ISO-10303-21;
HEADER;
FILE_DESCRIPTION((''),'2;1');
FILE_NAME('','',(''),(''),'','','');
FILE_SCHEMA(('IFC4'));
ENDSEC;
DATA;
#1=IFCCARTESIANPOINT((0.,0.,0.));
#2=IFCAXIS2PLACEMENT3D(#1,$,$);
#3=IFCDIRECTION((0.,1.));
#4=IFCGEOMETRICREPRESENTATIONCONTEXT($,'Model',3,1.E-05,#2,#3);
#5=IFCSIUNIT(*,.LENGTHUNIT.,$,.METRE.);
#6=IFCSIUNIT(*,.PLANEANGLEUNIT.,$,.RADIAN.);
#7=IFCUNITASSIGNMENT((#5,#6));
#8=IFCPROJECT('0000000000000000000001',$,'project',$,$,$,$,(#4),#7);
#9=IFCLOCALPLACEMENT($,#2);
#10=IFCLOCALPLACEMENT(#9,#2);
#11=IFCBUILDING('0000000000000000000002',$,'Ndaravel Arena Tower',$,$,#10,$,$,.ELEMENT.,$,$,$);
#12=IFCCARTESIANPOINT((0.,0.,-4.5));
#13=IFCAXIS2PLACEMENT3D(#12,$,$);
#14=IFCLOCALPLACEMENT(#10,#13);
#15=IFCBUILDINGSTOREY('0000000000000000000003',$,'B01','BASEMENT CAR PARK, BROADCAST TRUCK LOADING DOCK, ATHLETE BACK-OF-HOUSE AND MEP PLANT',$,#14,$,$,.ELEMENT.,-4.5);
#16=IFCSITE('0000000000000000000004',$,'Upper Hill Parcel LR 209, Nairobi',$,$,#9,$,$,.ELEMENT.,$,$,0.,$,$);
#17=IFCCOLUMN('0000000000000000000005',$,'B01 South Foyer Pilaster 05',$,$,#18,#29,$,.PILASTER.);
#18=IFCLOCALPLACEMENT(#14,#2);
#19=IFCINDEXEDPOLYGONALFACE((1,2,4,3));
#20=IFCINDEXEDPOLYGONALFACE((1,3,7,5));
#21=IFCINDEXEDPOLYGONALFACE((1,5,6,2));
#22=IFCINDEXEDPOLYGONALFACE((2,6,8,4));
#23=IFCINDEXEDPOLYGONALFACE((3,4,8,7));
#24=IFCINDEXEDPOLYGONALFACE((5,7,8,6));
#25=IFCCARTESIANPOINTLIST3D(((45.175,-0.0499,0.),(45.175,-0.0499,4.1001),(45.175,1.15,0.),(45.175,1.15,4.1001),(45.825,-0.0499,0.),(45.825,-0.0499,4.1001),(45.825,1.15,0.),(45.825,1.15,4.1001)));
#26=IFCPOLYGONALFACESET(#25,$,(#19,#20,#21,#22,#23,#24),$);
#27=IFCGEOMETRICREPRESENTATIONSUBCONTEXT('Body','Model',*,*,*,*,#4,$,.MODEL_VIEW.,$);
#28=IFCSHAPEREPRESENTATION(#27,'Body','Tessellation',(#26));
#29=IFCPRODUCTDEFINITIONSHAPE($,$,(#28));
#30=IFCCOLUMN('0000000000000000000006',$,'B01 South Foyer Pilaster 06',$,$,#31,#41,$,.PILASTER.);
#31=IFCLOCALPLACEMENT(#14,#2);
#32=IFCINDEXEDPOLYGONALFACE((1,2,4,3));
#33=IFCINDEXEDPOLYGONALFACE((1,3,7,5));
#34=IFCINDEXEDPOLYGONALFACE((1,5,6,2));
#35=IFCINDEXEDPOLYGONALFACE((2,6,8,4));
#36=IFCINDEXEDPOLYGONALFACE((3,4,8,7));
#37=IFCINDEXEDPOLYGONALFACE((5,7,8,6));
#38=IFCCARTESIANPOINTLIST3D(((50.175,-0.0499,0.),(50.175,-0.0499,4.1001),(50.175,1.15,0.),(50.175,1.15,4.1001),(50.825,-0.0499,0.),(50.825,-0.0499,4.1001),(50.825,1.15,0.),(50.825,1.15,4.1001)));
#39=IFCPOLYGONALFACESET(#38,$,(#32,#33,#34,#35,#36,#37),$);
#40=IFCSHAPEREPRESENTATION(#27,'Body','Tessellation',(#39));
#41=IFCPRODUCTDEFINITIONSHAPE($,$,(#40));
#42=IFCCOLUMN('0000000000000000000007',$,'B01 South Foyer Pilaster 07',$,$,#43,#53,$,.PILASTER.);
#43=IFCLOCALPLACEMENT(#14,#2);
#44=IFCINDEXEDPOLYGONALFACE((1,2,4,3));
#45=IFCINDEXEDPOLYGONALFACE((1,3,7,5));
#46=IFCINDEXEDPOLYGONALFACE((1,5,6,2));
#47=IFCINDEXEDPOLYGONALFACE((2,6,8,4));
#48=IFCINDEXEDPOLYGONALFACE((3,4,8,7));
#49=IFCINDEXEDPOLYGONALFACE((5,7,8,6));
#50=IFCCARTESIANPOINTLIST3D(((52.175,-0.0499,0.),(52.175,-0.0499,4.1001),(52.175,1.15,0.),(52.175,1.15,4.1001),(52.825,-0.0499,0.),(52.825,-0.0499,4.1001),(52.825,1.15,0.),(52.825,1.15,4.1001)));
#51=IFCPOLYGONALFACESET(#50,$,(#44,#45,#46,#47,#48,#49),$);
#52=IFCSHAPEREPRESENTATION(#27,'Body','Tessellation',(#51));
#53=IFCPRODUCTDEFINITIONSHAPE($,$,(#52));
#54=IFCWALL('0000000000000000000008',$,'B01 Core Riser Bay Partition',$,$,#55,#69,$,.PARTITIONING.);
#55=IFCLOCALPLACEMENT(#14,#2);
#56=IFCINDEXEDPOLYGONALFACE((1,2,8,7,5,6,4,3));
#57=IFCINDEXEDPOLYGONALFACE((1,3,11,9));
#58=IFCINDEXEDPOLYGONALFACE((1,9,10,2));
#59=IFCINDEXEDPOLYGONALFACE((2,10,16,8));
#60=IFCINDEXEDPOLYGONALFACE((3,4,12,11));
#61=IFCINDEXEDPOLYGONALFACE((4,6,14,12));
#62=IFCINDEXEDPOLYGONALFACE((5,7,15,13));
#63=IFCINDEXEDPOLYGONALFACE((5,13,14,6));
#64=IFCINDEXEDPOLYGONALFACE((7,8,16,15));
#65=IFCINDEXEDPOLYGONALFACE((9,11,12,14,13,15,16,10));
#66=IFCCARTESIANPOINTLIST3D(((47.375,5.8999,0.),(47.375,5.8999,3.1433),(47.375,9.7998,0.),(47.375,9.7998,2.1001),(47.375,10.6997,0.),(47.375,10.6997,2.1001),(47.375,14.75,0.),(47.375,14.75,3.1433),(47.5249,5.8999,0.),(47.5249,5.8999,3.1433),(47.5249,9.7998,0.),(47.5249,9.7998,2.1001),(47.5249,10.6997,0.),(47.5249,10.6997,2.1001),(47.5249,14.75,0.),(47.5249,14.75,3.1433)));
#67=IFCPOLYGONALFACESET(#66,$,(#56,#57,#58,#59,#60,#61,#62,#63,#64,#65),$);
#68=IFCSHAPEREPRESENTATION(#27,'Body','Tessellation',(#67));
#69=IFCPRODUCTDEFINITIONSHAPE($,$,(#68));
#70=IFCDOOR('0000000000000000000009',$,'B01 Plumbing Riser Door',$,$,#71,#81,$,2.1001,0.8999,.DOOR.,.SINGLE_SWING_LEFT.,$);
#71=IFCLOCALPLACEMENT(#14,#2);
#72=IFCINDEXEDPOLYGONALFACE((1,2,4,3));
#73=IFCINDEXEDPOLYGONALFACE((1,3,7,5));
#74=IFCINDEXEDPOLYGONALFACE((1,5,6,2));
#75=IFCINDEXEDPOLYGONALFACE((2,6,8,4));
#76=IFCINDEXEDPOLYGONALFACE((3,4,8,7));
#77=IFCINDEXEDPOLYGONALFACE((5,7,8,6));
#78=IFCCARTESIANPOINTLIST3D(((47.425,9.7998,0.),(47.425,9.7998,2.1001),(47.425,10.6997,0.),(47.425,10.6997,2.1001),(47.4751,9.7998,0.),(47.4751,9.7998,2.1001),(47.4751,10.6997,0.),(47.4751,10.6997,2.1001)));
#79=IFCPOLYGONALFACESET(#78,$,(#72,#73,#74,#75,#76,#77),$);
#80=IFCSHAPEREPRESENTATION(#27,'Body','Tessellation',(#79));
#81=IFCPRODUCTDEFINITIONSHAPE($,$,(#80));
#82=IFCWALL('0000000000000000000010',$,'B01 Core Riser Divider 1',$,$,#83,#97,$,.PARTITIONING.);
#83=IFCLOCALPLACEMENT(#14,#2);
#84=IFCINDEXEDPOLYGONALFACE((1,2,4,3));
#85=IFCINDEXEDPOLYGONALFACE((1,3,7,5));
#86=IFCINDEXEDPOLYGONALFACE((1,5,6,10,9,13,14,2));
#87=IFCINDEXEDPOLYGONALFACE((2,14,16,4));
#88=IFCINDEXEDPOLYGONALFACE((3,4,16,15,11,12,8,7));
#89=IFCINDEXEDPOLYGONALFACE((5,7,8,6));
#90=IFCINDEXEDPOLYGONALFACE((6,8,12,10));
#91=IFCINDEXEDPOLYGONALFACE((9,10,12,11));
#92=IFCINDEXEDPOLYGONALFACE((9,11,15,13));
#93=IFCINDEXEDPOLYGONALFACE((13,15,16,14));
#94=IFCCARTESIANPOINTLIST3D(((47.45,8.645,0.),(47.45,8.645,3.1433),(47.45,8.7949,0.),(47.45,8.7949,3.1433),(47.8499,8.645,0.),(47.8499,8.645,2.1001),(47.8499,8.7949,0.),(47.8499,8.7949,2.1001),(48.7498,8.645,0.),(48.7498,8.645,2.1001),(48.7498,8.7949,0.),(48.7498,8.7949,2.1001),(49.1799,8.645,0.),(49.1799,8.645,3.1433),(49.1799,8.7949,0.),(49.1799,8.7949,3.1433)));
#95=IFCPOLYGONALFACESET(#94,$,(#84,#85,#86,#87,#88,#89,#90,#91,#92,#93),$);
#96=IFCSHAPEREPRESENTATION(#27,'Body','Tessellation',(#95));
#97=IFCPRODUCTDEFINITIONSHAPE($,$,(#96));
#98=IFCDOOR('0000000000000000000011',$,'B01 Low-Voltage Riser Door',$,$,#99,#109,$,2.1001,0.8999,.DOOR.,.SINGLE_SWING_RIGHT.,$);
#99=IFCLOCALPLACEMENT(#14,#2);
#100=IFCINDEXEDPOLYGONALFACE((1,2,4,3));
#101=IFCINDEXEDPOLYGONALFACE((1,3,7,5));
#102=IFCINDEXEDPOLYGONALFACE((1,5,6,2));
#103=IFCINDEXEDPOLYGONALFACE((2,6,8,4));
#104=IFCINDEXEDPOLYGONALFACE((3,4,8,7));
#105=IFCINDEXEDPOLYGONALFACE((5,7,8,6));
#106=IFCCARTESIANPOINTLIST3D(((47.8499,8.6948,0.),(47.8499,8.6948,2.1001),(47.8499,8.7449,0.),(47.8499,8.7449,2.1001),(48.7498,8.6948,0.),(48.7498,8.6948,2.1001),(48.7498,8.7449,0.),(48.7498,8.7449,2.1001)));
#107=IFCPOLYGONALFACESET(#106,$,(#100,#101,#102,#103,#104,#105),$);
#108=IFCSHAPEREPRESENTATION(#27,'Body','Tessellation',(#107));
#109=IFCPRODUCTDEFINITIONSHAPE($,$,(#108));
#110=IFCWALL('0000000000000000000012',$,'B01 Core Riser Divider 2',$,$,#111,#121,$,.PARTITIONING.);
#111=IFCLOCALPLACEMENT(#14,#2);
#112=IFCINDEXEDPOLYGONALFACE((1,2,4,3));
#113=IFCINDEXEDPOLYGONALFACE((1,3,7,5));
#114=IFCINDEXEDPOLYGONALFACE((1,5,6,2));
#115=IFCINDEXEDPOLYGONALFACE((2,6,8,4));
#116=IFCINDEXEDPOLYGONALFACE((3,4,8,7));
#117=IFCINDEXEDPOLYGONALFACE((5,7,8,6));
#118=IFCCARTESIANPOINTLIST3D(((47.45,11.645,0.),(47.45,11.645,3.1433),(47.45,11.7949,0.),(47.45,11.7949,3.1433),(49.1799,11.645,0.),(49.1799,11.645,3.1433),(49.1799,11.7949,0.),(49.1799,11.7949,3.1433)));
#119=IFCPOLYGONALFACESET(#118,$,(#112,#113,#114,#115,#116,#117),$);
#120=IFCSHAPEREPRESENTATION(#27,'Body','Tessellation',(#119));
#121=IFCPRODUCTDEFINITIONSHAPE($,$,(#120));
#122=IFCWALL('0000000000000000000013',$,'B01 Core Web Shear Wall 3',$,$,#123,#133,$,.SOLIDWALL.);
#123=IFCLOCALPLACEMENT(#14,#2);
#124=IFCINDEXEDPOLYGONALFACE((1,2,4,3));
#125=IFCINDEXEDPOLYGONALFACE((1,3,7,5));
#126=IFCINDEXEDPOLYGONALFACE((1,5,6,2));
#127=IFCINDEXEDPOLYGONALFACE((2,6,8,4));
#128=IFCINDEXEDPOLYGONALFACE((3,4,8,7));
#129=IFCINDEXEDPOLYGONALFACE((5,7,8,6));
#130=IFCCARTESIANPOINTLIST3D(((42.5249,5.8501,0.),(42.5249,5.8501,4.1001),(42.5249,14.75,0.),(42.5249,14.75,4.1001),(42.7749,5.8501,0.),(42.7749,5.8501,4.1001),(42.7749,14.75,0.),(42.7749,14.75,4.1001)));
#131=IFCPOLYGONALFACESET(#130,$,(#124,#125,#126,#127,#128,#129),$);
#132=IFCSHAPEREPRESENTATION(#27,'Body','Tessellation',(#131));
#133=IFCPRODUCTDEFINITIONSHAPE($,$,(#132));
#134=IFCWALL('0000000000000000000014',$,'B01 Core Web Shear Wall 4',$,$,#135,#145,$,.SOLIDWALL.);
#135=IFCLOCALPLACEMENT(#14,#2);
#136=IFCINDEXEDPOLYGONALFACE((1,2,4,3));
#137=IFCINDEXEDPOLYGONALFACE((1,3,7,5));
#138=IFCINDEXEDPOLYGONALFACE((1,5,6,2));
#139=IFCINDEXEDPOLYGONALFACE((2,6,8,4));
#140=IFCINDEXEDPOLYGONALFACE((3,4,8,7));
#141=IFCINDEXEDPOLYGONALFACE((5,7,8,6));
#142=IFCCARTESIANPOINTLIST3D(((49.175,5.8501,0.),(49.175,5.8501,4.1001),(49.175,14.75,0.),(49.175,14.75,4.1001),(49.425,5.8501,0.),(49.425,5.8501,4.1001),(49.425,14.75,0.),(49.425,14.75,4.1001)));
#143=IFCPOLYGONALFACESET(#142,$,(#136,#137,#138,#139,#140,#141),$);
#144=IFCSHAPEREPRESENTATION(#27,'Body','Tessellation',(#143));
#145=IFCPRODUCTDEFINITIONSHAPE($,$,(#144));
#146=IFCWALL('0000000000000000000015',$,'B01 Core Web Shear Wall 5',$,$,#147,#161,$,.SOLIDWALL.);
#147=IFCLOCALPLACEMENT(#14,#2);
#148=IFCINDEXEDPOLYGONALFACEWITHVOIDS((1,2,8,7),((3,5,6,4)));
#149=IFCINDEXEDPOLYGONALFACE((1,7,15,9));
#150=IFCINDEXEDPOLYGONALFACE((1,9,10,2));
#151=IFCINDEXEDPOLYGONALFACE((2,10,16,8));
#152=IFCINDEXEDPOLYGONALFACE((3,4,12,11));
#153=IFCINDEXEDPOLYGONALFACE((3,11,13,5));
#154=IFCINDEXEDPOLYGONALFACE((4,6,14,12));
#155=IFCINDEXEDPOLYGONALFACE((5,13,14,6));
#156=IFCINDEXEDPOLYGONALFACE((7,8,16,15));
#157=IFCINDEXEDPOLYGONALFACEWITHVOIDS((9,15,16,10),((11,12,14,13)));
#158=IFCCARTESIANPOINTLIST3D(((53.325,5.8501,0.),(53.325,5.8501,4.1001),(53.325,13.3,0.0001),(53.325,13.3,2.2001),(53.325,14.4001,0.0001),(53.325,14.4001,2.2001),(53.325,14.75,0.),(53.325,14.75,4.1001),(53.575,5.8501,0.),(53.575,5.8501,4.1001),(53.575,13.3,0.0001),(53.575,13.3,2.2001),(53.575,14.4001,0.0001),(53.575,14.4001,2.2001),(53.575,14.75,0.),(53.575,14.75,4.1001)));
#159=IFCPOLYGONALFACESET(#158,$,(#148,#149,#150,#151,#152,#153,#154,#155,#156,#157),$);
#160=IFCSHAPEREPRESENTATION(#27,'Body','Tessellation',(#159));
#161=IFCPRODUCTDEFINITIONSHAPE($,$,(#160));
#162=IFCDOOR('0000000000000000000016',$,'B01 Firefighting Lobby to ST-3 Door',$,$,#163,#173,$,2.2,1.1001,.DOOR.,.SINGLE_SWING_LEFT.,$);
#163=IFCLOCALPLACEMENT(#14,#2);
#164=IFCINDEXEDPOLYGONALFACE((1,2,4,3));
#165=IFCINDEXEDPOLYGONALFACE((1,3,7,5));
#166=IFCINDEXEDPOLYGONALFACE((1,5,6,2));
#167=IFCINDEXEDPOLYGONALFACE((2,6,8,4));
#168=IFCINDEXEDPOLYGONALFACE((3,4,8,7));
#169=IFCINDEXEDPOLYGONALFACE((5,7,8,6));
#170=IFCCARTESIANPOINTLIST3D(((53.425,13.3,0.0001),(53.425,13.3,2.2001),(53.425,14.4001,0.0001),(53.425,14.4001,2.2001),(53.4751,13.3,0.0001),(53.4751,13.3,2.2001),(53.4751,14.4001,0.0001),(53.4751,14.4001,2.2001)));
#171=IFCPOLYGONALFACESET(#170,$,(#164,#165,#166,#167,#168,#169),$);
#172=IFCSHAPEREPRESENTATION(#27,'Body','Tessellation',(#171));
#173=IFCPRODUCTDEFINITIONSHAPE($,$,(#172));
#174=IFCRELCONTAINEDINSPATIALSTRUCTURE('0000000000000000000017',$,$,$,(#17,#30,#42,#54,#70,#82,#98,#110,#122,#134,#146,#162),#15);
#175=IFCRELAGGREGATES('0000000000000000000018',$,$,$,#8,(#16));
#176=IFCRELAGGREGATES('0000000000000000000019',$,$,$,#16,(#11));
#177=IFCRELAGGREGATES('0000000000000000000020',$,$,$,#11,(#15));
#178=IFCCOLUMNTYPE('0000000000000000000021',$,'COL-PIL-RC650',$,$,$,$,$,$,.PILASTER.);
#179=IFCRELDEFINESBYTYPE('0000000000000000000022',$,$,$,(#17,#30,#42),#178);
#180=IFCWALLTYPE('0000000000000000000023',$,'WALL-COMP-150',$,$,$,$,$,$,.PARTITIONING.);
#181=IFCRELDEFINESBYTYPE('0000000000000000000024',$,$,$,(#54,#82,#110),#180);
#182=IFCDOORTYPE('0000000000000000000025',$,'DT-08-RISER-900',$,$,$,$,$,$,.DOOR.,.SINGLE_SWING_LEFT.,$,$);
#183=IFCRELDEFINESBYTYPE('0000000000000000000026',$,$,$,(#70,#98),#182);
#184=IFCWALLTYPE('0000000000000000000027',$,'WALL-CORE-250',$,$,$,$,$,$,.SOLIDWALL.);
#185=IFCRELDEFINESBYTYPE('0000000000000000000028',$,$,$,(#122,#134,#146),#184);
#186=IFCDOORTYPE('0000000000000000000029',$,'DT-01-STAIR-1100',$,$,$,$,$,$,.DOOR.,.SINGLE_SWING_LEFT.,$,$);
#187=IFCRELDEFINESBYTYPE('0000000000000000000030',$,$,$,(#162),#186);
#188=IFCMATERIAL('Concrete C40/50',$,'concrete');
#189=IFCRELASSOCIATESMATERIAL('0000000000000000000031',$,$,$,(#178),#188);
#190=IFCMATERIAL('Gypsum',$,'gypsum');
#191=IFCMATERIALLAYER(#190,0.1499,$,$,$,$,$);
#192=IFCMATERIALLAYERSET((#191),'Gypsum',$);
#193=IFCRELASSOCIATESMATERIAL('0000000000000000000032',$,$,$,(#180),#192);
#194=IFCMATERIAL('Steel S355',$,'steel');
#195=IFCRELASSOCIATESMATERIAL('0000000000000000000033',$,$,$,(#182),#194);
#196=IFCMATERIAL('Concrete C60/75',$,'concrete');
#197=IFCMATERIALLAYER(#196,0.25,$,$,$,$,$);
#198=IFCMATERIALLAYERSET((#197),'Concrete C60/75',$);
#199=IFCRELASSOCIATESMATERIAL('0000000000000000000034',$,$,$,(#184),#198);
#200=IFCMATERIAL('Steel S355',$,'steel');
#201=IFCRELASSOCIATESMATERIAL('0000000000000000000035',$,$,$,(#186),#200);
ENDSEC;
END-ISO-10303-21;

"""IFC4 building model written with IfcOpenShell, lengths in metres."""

from ifc_helpers import new_model, si_unit, direction, frame, frame_2d, origin, origin_2d, place, context, subcontext, project, spatial, rectangle, extrude, material, layer, layer_set, material_profile, profile_set, type_object, element, fill, save


model = new_model("IFC4")

# Units and contexts
model_context = context("Model", 3, precision=1e-05, world=origin(), true_north=direction((0.0, 1.0)))
body_context = subcontext(model_context, "Body", "Model", "MODEL_VIEW")
ifc_project = project(units=[si_unit("LENGTHUNIT", "METRE"), si_unit("PLANEANGLEUNIT", "RADIAN")], contexts=[model_context])

# Site, building, storey
site_placement = place(None, origin())
site = spatial("IfcSite", under=ifc_project, at=site_placement, Name="Upper Hill Parcel LR 209, Nairobi", CompositionType="ELEMENT", RefElevation=0.0)
building_placement = place(site_placement, origin())
building = spatial("IfcBuilding", under=site, at=building_placement, Name="Ndaravel Arena Tower", CompositionType="ELEMENT")
storey_placement = place(building_placement, frame((0.0, 0.0, -4.5)))
storey = spatial("IfcBuildingStorey", under=building, at=storey_placement, Name="B01", Description="BASEMENT CAR PARK, BROADCAST TRUCK LOADING DOCK, ATHLETE BACK-OF-HOUSE AND MEP PLANT", CompositionType="ELEMENT", Elevation=-4.5)

# Columns
ifc_material_1 = material(Name="Concrete C40/50", Category="concrete")
ifc_material_profile = material_profile(ifc_material_1, rectangle(XDim=0.6499, YDim=1.2, at=origin_2d()), Name="RC 650x1200")
ifc_profile_set = profile_set([ifc_material_profile], Name="Concrete C40/50")
column_type = type_object("IfcColumnType", Name="COL-PIL-RC650", PredefinedType="PILASTER", material=ifc_profile_set)
for number, where, z_axis, x_axis, name in (
    (1, (45.5, 0.55, 0.0), (0.0, 0.0, 1.0), (1.0, 0.0, 0.0), "B01 South Foyer Pilaster 05"),
    (2, (50.5, 0.55, 0.0), (0.0, 0.0, 1.0), (1.0, 0.0, 0.0), "B01 South Foyer Pilaster 06"),
    (3, (52.5, 0.55, 0.0), (0.0, 0.0, 1.0), (1.0, 0.0, 0.0), "B01 South Foyer Pilaster 07"),
):
    element("IfcColumn", number, at=place(storey_placement, frame(where, z_axis=z_axis, x_axis=x_axis)), inside=storey, type_object=column_type, Name=name, PredefinedType="PILASTER", context=body_context, shape_type="SweptSolid", body=[
        extrude(rectangle(XDim=0.6499, YDim=1.2, at=origin_2d()), origin(), (0.0, 0.0, 1.0), 4.1001),
    ])

# Walls, openings, doors
ifc_material_2 = material(Name="Gypsum", Category="gypsum")
ifc_layer_1 = layer(ifc_material_2, 0.1499)
ifc_layer_set_1 = layer_set([ifc_layer_1], Name="Gypsum")
wall_type_1 = type_object("IfcWallType", Name="WALL-COMP-150", PredefinedType="PARTITIONING", material=ifc_layer_set_1)
wall_1_placement = place(storey_placement, frame((47.45, 5.8999, 0.0), z_axis=(0.0, 0.0, 1.0), x_axis=(0.0, 1.0, 0.0)))
wall_1 = element("IfcWall", 4, at=wall_1_placement, inside=storey, type_object=wall_type_1, Name="B01 Core Riser Bay Partition", PredefinedType="PARTITIONING", context=body_context, shape_type="SweptSolid", body=[
    extrude(rectangle(XDim=8.8501, YDim=0.1499, at=frame_2d((4.425, 0.0))), origin(), (0.0, 0.0, 1.0), 3.1433),
])
opening_1_placement = place(wall_1_placement, frame((3.8999, 0.0, 0.0)))
opening_1 = element("IfcOpeningElement", 5, at=opening_1_placement, cuts=wall_1, PredefinedType="OPENING", context=body_context, shape_type="SweptSolid", body=[
    extrude(rectangle(XDim=0.8999, YDim=2.1001, at=frame_2d((0.45, 1.05))), frame((0.0, 0.075, 0.0), z_axis=(0.0, -1.0, 0.0), x_axis=(1.0, 0.0, 0.0)), (0.0, 0.0, 1.0), 0.1499),
])
ifc_material_3 = material(Name="Steel S355", Category="steel")
door_type_1 = type_object("IfcDoorType", Name="DT-08-RISER-900", OperationType="SINGLE_SWING_LEFT", PredefinedType="DOOR", material=ifc_material_3)
door_1_placement = place(opening_1_placement, origin())
door_1 = element("IfcDoor", 6, at=door_1_placement, inside=storey, type_object=door_type_1, Name="B01 Plumbing Riser Door", OperationType="SINGLE_SWING_LEFT", OverallHeight=2.1001, OverallWidth=0.8999, PredefinedType="DOOR", context=body_context, shape_type="SweptSolid", body=[
    extrude(rectangle(XDim=0.8999, YDim=2.1001, at=frame_2d((0.45, 1.05))), frame((0.0, 0.0249, 0.0), z_axis=(0.0, -1.0, 0.0), x_axis=(1.0, 0.0, 0.0)), (0.0, 0.0, 1.0), 0.05),
])
fill(opening_1, door_1)
wall_2_placement = place(storey_placement, frame((47.45, 8.72, 0.0), z_axis=(0.0, 0.0, 1.0), x_axis=(1.0, 0.0, 0.0)))
wall_2 = element("IfcWall", 7, at=wall_2_placement, inside=storey, type_object=wall_type_1, Name="B01 Core Riser Divider 1", PredefinedType="PARTITIONING", context=body_context, shape_type="SweptSolid", body=[
    extrude(rectangle(XDim=1.73, YDim=0.1499, at=frame_2d((0.865, 0.0))), origin(), (0.0, 0.0, 1.0), 3.1433),
])
opening_2_placement = place(wall_2_placement, frame((0.3999, 0.0, 0.0)))
opening_2 = element("IfcOpeningElement", 8, at=opening_2_placement, cuts=wall_2, PredefinedType="OPENING", context=body_context, shape_type="SweptSolid", body=[
    extrude(rectangle(XDim=0.8999, YDim=2.1001, at=frame_2d((0.45, 1.05))), frame((0.0, 0.075, 0.0), z_axis=(0.0, -1.0, 0.0), x_axis=(1.0, 0.0, 0.0)), (0.0, 0.0, 1.0), 0.1499),
])
door_2_placement = place(opening_2_placement, origin())
door_2 = element("IfcDoor", 9, at=door_2_placement, inside=storey, type_object=door_type_1, Name="B01 Low-Voltage Riser Door", OperationType="SINGLE_SWING_RIGHT", OverallHeight=2.1001, OverallWidth=0.8999, PredefinedType="DOOR", context=body_context, shape_type="SweptSolid", body=[
    extrude(rectangle(XDim=0.8999, YDim=2.1001, at=frame_2d((0.45, 1.05))), frame((0.0, 0.0249, 0.0), z_axis=(0.0, -1.0, 0.0), x_axis=(1.0, 0.0, 0.0)), (0.0, 0.0, 1.0), 0.05),
])
fill(opening_2, door_2)

# Walls
wall_3_placement = place(storey_placement, frame((47.45, 11.72, 0.0), z_axis=(0.0, 0.0, 1.0), x_axis=(1.0, 0.0, 0.0)))
element("IfcWall", 10, at=wall_3_placement, inside=storey, type_object=wall_type_1, Name="B01 Core Riser Divider 2", PredefinedType="PARTITIONING", context=body_context, shape_type="SweptSolid", body=[
    extrude(rectangle(XDim=1.73, YDim=0.1499, at=frame_2d((0.865, 0.0))), origin(), (0.0, 0.0, 1.0), 3.1433),
])
ifc_material_4 = material(Name="Concrete C60/75", Category="concrete")
ifc_layer_2 = layer(ifc_material_4, 0.25)
ifc_layer_set_2 = layer_set([ifc_layer_2], Name="Concrete C60/75")
wall_type_2 = type_object("IfcWallType", Name="WALL-CORE-250", PredefinedType="SOLIDWALL", material=ifc_layer_set_2)
for number, where, z_axis, x_axis, name in (
    (11, (42.6499, 5.8501, 0.0), (0.0, 0.0, 1.0), (0.0, 1.0, 0.0), "B01 Core Web Shear Wall 3"),
    (12, (49.3, 5.8501, 0.0), (0.0, 0.0, 1.0), (0.0, 1.0, 0.0), "B01 Core Web Shear Wall 4"),
):
    element("IfcWall", number, at=place(storey_placement, frame(where, z_axis=z_axis, x_axis=x_axis)), inside=storey, type_object=wall_type_2, Name=name, PredefinedType="SOLIDWALL", context=body_context, shape_type="SweptSolid", body=[
        extrude(rectangle(XDim=8.8999, YDim=0.25, at=frame_2d((4.45, 0.0))), origin(), (0.0, 0.0, 1.0), 4.1001),
    ])

# Wall, opening, door
wall_4_placement = place(storey_placement, frame((53.45, 5.8501, 0.0), z_axis=(0.0, 0.0, 1.0), x_axis=(0.0, 1.0, 0.0)))
wall_4 = element("IfcWall", 13, at=wall_4_placement, inside=storey, type_object=wall_type_2, Name="B01 Core Web Shear Wall 5", PredefinedType="SOLIDWALL", context=body_context, shape_type="SweptSolid", body=[
    extrude(rectangle(XDim=8.8999, YDim=0.25, at=frame_2d((4.45, 0.0))), origin(), (0.0, 0.0, 1.0), 4.1001),
])
opening_3_placement = place(wall_4_placement, frame((7.45, 0.0, 0.0)))
opening_3 = element("IfcOpeningElement", 14, at=opening_3_placement, cuts=wall_4, PredefinedType="OPENING", context=body_context, shape_type="SweptSolid", body=[
    extrude(rectangle(XDim=1.1001, YDim=2.2, at=frame_2d((0.55, 1.1001))), frame((0.0, 0.125, 0.0), z_axis=(0.0, -1.0, 0.0), x_axis=(1.0, 0.0, 0.0)), (0.0, 0.0, 1.0), 0.25),
])
ifc_material_5 = material(Name="Steel S355", Category="steel")
door_type_2 = type_object("IfcDoorType", Name="DT-01-STAIR-1100", OperationType="SINGLE_SWING_LEFT", PredefinedType="DOOR", material=ifc_material_5)
door_3_placement = place(opening_3_placement, origin())
door_3 = element("IfcDoor", 15, at=door_3_placement, inside=storey, type_object=door_type_2, Name="B01 Firefighting Lobby to ST-3 Door", OperationType="SINGLE_SWING_LEFT", OverallHeight=2.2, OverallWidth=1.1001, PredefinedType="DOOR", context=body_context, shape_type="SweptSolid", body=[
    extrude(rectangle(XDim=1.1001, YDim=2.2, at=frame_2d((0.55, 1.1001))), frame((0.0, 0.0249, 0.0), z_axis=(0.0, -1.0, 0.0), x_axis=(1.0, 0.0, 0.0)), (0.0, 0.0, 1.0), 0.05),
])
fill(opening_3, door_3)

save(model, "model.ifc")
